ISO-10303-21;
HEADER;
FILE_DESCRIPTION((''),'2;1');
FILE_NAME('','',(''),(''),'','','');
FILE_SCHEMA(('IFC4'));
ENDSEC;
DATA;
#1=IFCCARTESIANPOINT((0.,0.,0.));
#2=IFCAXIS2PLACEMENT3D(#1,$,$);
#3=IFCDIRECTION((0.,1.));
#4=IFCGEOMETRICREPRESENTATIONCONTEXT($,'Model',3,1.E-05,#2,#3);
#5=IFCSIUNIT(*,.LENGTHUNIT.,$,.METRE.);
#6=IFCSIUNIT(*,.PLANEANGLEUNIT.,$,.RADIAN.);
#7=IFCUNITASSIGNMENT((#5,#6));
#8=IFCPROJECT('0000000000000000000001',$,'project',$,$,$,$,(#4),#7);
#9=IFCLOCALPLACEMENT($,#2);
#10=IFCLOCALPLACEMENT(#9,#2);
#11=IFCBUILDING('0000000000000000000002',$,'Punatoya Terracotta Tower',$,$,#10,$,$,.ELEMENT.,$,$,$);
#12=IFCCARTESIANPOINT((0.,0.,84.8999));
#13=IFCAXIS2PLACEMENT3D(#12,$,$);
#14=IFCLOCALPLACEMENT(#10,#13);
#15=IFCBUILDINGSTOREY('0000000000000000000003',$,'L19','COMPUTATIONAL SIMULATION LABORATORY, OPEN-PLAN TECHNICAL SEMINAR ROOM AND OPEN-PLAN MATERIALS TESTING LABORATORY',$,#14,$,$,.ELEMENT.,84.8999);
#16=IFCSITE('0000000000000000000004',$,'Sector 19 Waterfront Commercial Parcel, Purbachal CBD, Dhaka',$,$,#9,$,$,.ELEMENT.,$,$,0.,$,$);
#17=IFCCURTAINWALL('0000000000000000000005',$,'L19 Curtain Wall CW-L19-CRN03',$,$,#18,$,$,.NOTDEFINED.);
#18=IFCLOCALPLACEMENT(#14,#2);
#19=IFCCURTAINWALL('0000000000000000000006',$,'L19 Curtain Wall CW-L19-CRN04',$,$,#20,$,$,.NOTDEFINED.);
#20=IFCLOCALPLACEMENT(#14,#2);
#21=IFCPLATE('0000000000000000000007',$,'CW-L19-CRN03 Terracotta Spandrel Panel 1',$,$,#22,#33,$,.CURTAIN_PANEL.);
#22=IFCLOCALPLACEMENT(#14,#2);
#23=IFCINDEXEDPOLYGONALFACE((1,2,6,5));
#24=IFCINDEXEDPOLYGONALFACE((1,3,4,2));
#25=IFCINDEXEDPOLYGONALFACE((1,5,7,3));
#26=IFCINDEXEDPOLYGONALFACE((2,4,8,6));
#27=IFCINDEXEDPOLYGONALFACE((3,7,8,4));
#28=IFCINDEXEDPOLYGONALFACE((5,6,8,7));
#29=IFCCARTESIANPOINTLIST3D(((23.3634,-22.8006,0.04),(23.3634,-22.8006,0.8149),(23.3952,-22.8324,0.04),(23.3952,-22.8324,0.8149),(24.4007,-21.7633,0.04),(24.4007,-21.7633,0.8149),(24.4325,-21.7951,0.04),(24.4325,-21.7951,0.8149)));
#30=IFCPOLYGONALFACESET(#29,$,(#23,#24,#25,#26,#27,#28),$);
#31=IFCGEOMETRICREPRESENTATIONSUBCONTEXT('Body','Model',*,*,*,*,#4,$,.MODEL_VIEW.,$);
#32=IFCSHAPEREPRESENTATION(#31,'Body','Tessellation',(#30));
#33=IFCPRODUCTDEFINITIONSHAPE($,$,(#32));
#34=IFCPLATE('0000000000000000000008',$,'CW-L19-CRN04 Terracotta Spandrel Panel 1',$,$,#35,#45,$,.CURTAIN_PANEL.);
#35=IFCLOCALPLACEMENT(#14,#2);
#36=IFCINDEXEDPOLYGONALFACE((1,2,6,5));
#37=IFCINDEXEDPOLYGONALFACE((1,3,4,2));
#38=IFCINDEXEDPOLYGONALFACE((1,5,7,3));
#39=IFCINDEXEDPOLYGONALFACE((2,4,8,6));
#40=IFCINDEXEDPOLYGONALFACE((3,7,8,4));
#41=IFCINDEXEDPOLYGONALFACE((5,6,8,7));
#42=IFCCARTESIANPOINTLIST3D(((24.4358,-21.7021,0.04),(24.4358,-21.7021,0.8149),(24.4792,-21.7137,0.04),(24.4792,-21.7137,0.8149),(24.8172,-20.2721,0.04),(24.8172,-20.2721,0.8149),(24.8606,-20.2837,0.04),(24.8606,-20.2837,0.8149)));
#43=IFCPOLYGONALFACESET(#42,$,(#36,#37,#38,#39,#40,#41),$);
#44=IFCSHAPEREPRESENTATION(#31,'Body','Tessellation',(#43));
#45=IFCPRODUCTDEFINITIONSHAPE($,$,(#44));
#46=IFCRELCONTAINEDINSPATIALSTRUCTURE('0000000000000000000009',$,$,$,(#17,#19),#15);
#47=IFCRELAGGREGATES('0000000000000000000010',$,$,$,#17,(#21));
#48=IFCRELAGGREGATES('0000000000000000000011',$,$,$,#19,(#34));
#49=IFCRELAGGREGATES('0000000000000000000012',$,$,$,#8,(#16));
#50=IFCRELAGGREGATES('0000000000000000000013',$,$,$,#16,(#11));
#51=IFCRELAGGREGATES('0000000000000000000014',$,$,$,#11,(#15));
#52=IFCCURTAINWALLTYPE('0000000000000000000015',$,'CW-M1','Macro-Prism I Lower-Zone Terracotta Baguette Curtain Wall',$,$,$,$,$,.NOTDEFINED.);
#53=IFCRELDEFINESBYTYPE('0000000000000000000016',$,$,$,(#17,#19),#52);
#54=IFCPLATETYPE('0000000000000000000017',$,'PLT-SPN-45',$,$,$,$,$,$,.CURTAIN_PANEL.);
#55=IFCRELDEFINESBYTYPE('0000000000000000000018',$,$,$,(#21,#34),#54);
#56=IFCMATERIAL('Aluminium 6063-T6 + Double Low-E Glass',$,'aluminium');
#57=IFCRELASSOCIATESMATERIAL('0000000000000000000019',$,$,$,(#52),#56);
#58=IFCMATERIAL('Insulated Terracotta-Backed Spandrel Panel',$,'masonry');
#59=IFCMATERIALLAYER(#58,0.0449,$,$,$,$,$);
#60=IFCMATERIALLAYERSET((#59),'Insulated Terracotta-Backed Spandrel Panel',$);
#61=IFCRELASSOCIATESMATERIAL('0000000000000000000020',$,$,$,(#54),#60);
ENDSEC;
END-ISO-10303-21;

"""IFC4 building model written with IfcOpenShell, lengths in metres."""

from ifc_helpers import new_model, si_unit, direction, frame, origin, origin_2d, place, context, subcontext, project, spatial, rectangle, extrude, material, layer, layer_set, type_object, element, aggregate, save


model = new_model("IFC4")

# Units and contexts
model_context = context("Model", 3, precision=1e-05, world=origin(), true_north=direction((0.0, 1.0)))
body_context = subcontext(model_context, "Body", "Model", "MODEL_VIEW")
ifc_project = project(units=[si_unit("LENGTHUNIT", "METRE"), si_unit("PLANEANGLEUNIT", "RADIAN")], contexts=[model_context])

# Site, building, storey
site_placement = place(None, origin())
site = spatial("IfcSite", under=ifc_project, at=site_placement, Name="Sector 19 Waterfront Commercial Parcel, Purbachal CBD, Dhaka", CompositionType="ELEMENT", RefElevation=0.0)
building_placement = place(site_placement, origin())
building = spatial("IfcBuilding", under=site, at=building_placement, Name="Punatoya Terracotta Tower", CompositionType="ELEMENT")
storey_placement = place(building_placement, frame((0.0, 0.0, 84.8999)))
storey = spatial("IfcBuildingStorey", under=building, at=storey_placement, Name="L19", Description="COMPUTATIONAL SIMULATION LABORATORY, OPEN-PLAN TECHNICAL SEMINAR ROOM AND OPEN-PLAN MATERIALS TESTING LABORATORY", CompositionType="ELEMENT", Elevation=84.8999)

# Shared definitions
ifc_material_1 = material(Name="Aluminium 6063-T6 + Double Low-E Glass", Category="aluminium")
curtain_wall_type = type_object("IfcCurtainWallType", Name="CW-M1", Description="Macro-Prism I Lower-Zone Terracotta Baguette Curtain Wall", PredefinedType="NOTDEFINED", material=ifc_material_1)

# Curtain walls
curtain_wall_1_placement = place(storey_placement, origin())
curtain_wall_1 = element("IfcCurtainWall", 1, at=curtain_wall_1_placement, inside=storey, type_object=curtain_wall_type, Name="L19 Curtain Wall CW-L19-CRN03", PredefinedType="NOTDEFINED")
curtain_wall_2_placement = place(storey_placement, origin())
curtain_wall_2 = element("IfcCurtainWall", 2, at=curtain_wall_2_placement, inside=storey, type_object=curtain_wall_type, Name="L19 Curtain Wall CW-L19-CRN04", PredefinedType="NOTDEFINED")

# Plates
ifc_material_2 = material(Name="Insulated Terracotta-Backed Spandrel Panel", Category="masonry")
ifc_layer_1 = layer(ifc_material_2, 0.0449)
ifc_layer_set_1 = layer_set([ifc_layer_1], Name="Insulated Terracotta-Backed Spandrel Panel")
plate_type_1 = type_object("IfcPlateType", Name="PLT-SPN-45", PredefinedType="CURTAIN_PANEL", material=ifc_layer_set_1)
plate_1_placement = place(storey_placement, frame((23.8979, -22.2979, 0.04), z_axis=(0.0, 0.0, 1.0), x_axis=(0.707107, 0.707107, 0.0)))
plate_1 = element("IfcPlate", 3, at=plate_1_placement, type_object=plate_type_1, Name="CW-L19-CRN03 Terracotta Spandrel Panel 1", PredefinedType="CURTAIN_PANEL", context=body_context, shape_type="SweptSolid", body=[
    extrude(rectangle(XDim=1.467, YDim=0.0449, at=origin_2d()), origin(), (0.0, 0.0, 1.0), 0.7749),
])
aggregate(curtain_wall_1, [plate_1])
plate_2_placement = place(storey_placement, frame((24.6482, -20.9929, 0.04), z_axis=(0.0, 0.0, 1.0), x_axis=(0.257742, 0.966214, 0.0)))
plate_2 = element("IfcPlate", 4, at=plate_2_placement, type_object=plate_type_1, Name="CW-L19-CRN04 Terracotta Spandrel Panel 1", PredefinedType="CURTAIN_PANEL", context=body_context, shape_type="SweptSolid", body=[
    extrude(rectangle(XDim=1.48, YDim=0.0449, at=origin_2d()), origin(), (0.0, 0.0, 1.0), 0.7749),
])
aggregate(curtain_wall_2, [plate_2])

save(model, "model.ifc")
